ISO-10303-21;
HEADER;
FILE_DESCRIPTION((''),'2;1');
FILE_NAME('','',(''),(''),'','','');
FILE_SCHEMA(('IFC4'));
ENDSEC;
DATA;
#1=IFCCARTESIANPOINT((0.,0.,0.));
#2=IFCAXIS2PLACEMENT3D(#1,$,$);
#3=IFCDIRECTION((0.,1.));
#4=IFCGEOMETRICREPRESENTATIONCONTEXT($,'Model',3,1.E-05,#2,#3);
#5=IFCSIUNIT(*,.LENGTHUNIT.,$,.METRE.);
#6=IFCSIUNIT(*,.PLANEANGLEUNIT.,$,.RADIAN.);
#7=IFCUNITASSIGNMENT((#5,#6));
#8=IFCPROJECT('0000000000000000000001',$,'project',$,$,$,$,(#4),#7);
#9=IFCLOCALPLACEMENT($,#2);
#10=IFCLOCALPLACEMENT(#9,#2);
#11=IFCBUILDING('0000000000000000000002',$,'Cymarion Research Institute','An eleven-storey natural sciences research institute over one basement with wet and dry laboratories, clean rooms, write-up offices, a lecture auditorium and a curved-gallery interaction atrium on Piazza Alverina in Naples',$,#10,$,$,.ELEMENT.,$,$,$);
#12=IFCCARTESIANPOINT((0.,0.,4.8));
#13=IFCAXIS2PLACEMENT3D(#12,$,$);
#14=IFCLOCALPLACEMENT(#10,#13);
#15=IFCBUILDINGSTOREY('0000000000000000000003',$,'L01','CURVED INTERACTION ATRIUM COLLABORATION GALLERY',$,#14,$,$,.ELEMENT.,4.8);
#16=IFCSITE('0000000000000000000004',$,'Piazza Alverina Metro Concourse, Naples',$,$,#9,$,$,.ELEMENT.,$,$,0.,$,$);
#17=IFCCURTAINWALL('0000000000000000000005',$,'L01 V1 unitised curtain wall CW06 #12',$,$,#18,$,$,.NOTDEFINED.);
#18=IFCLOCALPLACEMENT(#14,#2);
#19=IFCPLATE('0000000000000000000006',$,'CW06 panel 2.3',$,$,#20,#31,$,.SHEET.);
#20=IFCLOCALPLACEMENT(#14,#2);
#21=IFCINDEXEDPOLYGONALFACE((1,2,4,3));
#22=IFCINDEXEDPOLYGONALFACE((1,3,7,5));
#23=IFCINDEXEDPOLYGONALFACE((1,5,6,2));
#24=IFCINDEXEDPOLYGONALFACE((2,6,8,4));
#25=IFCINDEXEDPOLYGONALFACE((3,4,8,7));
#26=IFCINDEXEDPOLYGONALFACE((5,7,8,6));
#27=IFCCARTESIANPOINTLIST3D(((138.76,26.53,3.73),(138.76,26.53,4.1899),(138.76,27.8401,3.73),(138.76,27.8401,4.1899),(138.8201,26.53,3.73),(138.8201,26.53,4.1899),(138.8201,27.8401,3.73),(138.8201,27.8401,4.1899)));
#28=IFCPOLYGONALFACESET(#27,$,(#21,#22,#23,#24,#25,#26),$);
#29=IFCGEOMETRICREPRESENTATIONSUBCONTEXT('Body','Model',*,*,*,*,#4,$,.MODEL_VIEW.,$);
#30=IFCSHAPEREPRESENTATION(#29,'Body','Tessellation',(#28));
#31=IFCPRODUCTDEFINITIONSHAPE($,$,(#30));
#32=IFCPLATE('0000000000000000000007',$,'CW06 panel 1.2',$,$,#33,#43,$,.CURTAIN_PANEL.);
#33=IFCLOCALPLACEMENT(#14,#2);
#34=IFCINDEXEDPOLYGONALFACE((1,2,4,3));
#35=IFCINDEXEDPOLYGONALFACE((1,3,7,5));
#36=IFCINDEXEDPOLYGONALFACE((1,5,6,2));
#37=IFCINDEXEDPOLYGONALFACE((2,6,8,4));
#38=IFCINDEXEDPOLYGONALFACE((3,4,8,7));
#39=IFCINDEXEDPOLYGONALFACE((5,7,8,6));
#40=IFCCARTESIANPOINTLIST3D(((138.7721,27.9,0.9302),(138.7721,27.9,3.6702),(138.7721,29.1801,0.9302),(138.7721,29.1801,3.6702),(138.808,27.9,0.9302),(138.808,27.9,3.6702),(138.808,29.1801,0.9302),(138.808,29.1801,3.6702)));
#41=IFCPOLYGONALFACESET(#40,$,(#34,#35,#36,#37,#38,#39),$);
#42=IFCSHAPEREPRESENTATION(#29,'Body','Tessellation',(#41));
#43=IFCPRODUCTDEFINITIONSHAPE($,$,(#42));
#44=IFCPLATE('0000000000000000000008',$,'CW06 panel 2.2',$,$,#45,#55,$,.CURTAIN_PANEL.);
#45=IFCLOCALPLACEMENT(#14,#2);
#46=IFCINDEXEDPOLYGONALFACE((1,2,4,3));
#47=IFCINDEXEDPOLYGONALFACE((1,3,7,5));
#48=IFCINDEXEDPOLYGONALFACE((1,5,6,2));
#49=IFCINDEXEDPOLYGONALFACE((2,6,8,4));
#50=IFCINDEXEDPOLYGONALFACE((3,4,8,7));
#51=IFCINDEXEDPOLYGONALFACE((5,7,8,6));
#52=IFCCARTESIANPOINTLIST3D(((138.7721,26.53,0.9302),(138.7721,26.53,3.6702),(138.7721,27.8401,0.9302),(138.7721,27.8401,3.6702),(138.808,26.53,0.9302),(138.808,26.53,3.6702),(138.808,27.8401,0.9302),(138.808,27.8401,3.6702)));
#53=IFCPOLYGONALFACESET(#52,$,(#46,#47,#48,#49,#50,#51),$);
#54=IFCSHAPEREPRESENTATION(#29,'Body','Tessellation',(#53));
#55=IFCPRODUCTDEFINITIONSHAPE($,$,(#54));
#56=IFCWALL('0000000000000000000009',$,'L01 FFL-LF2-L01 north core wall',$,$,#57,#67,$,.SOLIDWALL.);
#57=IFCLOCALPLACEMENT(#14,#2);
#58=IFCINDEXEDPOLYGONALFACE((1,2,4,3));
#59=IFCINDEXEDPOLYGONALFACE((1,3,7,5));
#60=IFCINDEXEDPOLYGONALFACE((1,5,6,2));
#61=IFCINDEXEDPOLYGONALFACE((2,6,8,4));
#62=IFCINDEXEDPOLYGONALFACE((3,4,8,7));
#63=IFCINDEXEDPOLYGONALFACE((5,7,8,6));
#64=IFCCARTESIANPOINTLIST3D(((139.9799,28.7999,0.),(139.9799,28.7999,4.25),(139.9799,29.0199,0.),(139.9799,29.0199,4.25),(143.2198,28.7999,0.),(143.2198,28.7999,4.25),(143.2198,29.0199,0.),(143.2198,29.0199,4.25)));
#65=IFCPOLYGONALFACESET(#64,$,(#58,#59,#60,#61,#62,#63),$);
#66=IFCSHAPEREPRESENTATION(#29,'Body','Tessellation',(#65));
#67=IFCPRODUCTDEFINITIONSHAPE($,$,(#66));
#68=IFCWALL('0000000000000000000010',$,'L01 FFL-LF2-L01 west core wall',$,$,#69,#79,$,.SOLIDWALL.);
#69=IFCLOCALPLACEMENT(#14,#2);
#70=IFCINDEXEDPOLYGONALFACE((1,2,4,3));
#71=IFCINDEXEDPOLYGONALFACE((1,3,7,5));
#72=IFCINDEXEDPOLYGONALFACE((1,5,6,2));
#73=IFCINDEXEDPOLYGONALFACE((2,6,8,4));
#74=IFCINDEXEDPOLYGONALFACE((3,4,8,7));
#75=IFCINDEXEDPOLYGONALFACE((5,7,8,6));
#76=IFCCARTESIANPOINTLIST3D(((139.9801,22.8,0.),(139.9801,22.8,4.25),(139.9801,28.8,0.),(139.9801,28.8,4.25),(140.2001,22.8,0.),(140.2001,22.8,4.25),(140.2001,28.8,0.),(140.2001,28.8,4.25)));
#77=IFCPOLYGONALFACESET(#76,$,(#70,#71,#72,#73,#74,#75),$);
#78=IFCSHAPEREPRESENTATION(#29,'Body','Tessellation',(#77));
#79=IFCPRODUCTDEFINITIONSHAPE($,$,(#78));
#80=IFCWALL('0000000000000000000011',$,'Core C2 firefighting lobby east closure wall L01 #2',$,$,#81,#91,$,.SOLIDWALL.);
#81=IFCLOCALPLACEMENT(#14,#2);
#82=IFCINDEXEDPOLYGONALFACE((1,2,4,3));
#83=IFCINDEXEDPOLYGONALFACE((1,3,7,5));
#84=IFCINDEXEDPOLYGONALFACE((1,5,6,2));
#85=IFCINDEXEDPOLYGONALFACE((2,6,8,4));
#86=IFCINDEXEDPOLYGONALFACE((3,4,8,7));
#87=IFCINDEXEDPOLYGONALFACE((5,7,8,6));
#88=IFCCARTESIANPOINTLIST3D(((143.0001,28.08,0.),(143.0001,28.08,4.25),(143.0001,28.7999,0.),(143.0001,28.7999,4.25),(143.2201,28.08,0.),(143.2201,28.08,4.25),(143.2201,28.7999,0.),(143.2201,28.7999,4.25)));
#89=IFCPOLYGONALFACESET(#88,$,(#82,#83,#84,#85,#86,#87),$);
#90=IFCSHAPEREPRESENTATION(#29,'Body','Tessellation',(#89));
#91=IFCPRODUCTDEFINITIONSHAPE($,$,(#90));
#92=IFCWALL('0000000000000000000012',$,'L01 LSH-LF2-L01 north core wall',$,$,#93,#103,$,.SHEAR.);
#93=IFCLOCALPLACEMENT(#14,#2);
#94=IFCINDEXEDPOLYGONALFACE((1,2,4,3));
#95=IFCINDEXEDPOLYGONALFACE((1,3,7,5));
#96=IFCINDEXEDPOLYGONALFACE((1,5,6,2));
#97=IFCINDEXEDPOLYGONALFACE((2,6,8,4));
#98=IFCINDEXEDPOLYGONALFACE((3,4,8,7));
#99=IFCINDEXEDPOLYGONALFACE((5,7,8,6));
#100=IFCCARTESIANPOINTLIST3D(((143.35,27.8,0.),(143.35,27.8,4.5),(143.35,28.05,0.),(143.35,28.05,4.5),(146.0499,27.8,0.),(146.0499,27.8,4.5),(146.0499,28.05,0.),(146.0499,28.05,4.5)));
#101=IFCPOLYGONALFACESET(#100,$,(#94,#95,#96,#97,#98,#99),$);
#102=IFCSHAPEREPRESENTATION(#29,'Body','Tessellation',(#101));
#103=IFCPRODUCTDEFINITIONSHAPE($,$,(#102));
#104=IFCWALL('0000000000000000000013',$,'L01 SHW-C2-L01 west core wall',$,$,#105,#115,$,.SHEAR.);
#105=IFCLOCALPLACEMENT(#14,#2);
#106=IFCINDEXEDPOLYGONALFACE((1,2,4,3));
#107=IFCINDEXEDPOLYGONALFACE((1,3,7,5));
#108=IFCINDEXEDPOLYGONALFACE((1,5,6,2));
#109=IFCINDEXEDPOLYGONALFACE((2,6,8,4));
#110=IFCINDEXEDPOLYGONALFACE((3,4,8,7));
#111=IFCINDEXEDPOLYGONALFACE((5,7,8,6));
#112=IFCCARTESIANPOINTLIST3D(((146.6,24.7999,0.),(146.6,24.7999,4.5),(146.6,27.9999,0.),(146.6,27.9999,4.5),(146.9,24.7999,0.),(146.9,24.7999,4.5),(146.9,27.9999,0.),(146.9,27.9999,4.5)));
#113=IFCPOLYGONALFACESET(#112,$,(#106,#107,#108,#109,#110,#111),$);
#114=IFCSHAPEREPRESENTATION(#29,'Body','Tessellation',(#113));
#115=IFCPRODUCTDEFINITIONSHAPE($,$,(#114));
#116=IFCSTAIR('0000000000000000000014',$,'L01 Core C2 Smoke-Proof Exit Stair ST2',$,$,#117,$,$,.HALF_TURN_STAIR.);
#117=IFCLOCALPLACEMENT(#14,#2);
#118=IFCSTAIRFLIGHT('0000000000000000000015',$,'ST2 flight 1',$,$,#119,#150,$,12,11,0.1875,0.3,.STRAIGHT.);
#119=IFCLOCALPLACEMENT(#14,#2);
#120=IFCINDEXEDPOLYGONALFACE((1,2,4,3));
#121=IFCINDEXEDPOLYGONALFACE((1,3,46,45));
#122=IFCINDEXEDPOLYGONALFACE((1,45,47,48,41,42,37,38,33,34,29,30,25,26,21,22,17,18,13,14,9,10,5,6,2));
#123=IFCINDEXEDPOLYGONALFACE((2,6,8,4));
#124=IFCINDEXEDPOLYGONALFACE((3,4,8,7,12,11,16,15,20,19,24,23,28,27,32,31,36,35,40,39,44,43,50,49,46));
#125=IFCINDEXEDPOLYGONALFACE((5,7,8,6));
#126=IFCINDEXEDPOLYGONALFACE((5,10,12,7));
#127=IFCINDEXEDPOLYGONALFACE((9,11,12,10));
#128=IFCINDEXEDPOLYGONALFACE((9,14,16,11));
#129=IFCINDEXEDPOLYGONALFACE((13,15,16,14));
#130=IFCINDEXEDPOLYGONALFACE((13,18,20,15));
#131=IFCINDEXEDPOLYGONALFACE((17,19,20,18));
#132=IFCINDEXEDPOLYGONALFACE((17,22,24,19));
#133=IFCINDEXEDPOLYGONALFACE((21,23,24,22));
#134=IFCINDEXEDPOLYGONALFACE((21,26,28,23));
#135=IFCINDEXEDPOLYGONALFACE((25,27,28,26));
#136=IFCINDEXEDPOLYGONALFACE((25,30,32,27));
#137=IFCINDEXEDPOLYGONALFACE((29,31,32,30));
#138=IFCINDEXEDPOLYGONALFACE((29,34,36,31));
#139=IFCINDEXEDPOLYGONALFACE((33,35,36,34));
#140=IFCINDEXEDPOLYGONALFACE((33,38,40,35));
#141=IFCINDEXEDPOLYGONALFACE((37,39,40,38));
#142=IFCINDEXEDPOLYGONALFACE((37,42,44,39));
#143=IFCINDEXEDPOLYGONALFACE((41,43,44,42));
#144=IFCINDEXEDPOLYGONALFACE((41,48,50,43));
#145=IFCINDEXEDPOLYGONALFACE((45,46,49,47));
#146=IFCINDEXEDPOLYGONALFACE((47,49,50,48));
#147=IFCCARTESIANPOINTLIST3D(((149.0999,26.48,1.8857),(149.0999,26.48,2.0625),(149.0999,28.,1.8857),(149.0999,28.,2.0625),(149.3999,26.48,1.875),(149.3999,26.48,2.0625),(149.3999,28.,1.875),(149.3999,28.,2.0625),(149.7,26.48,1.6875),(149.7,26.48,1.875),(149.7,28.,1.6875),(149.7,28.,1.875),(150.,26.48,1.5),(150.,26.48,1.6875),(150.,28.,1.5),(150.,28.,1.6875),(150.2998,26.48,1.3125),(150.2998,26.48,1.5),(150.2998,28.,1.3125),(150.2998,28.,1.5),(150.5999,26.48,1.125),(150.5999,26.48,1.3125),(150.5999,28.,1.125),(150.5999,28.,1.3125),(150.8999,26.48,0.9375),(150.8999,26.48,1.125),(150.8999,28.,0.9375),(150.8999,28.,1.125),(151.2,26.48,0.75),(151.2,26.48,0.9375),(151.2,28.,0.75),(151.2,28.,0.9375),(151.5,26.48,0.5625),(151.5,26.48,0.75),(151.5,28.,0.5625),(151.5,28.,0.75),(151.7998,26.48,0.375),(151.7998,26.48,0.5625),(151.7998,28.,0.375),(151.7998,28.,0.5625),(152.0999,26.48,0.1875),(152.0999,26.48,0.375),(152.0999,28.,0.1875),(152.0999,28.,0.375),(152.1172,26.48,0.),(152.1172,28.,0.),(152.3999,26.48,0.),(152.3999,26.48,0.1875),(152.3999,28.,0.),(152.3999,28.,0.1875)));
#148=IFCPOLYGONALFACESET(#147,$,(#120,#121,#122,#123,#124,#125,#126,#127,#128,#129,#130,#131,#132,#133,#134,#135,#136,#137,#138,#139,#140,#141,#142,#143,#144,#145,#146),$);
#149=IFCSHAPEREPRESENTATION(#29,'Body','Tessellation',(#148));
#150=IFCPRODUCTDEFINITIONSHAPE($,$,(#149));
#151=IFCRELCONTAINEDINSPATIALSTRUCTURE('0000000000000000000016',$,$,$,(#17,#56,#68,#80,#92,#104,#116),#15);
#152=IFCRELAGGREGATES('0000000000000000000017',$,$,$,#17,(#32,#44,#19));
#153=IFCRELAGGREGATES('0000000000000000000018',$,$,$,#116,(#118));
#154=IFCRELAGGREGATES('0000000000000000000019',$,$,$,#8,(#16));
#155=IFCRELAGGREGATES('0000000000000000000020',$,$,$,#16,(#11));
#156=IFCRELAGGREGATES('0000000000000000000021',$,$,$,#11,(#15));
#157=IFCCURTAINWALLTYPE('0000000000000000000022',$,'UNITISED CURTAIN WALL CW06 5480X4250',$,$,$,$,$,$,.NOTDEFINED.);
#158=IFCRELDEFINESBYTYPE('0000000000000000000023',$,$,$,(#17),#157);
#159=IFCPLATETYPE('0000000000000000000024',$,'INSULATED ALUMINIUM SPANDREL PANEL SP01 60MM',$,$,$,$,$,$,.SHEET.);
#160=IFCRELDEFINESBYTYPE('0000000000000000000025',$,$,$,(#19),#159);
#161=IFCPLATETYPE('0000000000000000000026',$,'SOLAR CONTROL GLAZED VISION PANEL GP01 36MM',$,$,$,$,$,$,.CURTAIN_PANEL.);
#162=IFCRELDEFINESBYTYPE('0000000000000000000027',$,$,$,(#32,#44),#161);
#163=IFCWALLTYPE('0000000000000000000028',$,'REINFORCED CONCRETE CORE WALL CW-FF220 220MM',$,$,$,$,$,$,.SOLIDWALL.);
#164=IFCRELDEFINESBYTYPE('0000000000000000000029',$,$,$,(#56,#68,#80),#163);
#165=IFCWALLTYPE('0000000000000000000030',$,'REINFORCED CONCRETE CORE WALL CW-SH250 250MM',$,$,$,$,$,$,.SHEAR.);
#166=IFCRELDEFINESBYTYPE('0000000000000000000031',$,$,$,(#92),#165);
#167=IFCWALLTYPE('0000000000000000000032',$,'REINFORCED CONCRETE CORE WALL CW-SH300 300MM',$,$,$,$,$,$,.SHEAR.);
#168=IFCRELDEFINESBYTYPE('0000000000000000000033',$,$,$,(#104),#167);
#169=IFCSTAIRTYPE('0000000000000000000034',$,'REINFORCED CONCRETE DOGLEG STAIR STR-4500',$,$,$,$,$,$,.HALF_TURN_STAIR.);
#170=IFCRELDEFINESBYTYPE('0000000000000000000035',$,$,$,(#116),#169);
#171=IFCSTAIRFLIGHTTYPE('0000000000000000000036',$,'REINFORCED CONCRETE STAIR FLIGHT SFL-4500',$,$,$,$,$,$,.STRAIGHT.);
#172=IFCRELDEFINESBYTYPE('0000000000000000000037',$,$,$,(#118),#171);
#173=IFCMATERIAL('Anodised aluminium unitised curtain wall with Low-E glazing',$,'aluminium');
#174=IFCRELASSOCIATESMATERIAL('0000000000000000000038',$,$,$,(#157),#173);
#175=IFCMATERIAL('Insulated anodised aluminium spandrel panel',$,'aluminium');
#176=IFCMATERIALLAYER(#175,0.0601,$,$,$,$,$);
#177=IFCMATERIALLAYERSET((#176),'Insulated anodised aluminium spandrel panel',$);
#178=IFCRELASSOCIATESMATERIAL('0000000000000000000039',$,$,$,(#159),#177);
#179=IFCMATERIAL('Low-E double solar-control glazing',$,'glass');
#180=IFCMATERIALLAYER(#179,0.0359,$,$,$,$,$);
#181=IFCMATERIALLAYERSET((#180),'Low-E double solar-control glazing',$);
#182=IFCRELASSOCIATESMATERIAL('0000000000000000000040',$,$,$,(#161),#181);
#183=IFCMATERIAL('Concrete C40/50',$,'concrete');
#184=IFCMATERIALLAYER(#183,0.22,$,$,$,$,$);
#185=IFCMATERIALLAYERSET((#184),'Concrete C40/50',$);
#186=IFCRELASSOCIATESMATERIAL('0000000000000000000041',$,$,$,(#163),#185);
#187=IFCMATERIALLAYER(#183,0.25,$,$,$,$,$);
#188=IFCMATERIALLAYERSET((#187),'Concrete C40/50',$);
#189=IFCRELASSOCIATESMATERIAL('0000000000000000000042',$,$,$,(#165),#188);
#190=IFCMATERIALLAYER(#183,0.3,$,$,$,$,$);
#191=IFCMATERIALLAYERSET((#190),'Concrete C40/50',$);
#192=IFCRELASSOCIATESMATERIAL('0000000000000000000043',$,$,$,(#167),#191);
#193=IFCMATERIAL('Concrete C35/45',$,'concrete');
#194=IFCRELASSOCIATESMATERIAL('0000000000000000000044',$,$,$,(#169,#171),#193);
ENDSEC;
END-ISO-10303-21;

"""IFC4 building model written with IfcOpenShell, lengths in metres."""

from ifc_helpers import new_model, si_unit, direction, frame, frame_2d, origin, origin_2d, place, context, subcontext, project, spatial, polyline, rectangle, outline, extrude, material, layer, layer_set, type_object, element, aggregate, save


model = new_model("IFC4")

# Units and contexts
model_context = context("Model", 3, precision=1e-05, world=origin(), true_north=direction((0.0, 1.0)))
body_context = subcontext(model_context, "Body", "Model", "MODEL_VIEW")
ifc_project = project(units=[si_unit("LENGTHUNIT", "METRE"), si_unit("PLANEANGLEUNIT", "RADIAN")], contexts=[model_context])

# Site, building, storey
site_placement = place(None, origin())
site = spatial("IfcSite", under=ifc_project, at=site_placement, Name="Piazza Alverina Metro Concourse, Naples", CompositionType="ELEMENT", RefElevation=0.0)
building_placement = place(site_placement, origin())
building = spatial("IfcBuilding", under=site, at=building_placement, Name="Cymarion Research Institute", Description="An eleven-storey natural sciences research institute over one basement with wet and dry laboratories, clean rooms, write-up offices, a lecture auditorium and a curved-gallery interaction atrium on Piazza Alverina in Naples", CompositionType="ELEMENT")
storey_placement = place(building_placement, frame((0.0, 0.0, 4.8)))
storey = spatial("IfcBuildingStorey", under=building, at=storey_placement, Name="L01", Description="CURVED INTERACTION ATRIUM COLLABORATION GALLERY", CompositionType="ELEMENT", Elevation=4.8)

# Curtain wall, plates
ifc_material_1 = material(Name="Anodised aluminium unitised curtain wall with Low-E glazing", Category="aluminium")
curtain_wall_type = type_object("IfcCurtainWallType", Name="UNITISED CURTAIN WALL CW06 5480X4250", PredefinedType="NOTDEFINED", material=ifc_material_1)
curtain_wall_placement = place(storey_placement, origin())
curtain_wall = element("IfcCurtainWall", 1, at=curtain_wall_placement, inside=storey, type_object=curtain_wall_type, Name="L01 V1 unitised curtain wall CW06 #12", PredefinedType="NOTDEFINED")
ifc_material_2 = material(Name="Insulated anodised aluminium spandrel panel", Category="aluminium")
ifc_layer_1 = layer(ifc_material_2, 0.0601)
ifc_layer_set_1 = layer_set([ifc_layer_1], Name="Insulated anodised aluminium spandrel panel")
plate_type_1 = type_object("IfcPlateType", Name="INSULATED ALUMINIUM SPANDREL PANEL SP01 60MM", PredefinedType="SHEET", material=ifc_layer_set_1)
plate_1_placement = place(storey_placement, frame((138.79, 27.1851, 3.73), z_axis=(0.0, 0.0, 1.0), x_axis=(0.0, -1.0, 0.0)))
plate_1 = element("IfcPlate", 2, at=plate_1_placement, type_object=plate_type_1, Name="CW06 panel 2.3", PredefinedType="SHEET", context=body_context, shape_type="SweptSolid", body=[
    extrude(rectangle(XDim=1.3101, YDim=0.0601, at=origin_2d()), origin(), (0.0, 0.0, 1.0), 0.46),
])
ifc_material_3 = material(Name="Low-E double solar-control glazing", Category="glass")
ifc_layer_2 = layer(ifc_material_3, 0.0359)
ifc_layer_set_2 = layer_set([ifc_layer_2], Name="Low-E double solar-control glazing")
plate_type_2 = type_object("IfcPlateType", Name="SOLAR CONTROL GLAZED VISION PANEL GP01 36MM", PredefinedType="CURTAIN_PANEL", material=ifc_layer_set_2)
plate_2_placement = place(storey_placement, frame((138.79, 28.54, 0.9302), z_axis=(0.0, 0.0, 1.0), x_axis=(0.0, -1.0, 0.0)))
plate_2 = element("IfcPlate", 3, at=plate_2_placement, type_object=plate_type_2, Name="CW06 panel 1.2", PredefinedType="CURTAIN_PANEL", context=body_context, shape_type="SweptSolid", body=[
    extrude(rectangle(XDim=1.28, YDim=0.0359, at=origin_2d()), origin(), (0.0, 0.0, 1.0), 2.74),
])
plate_3_placement = place(storey_placement, frame((138.79, 27.1851, 0.9302), z_axis=(0.0, 0.0, 1.0), x_axis=(0.0, -1.0, 0.0)))
plate_3 = element("IfcPlate", 4, at=plate_3_placement, type_object=plate_type_2, Name="CW06 panel 2.2", PredefinedType="CURTAIN_PANEL", context=body_context, shape_type="SweptSolid", body=[
    extrude(rectangle(XDim=1.3101, YDim=0.0359, at=origin_2d()), origin(), (0.0, 0.0, 1.0), 2.74),
])
aggregate(curtain_wall, [plate_2, plate_3, plate_1])

# Walls
ifc_material_4 = material(Name="Concrete C40/50", Category="concrete")
ifc_layer_3 = layer(ifc_material_4, 0.22)
ifc_layer_set_3 = layer_set([ifc_layer_3], Name="Concrete C40/50")
wall_type_1 = type_object("IfcWallType", Name="REINFORCED CONCRETE CORE WALL CW-FF220 220MM", PredefinedType="SOLIDWALL", material=ifc_layer_set_3)
wall_1_placement = place(storey_placement, frame((143.22, 28.9099, 0.0), z_axis=(0.0, 0.0, 1.0), x_axis=(-1.0, 0.0, 0.0)))
element("IfcWall", 5, at=wall_1_placement, inside=storey, type_object=wall_type_1, Name="L01 FFL-LF2-L01 north core wall", PredefinedType="SOLIDWALL", context=body_context, shape_type="SweptSolid", body=[
    extrude(rectangle(XDim=3.24, YDim=0.22, at=frame_2d((1.6201, 0.0))), origin(), (0.0, 0.0, 1.0), 4.25),
])
wall_2_placement = place(storey_placement, frame((140.0901, 28.8, 0.0), z_axis=(0.0, 0.0, 1.0), x_axis=(0.0, -1.0, 0.0)))
element("IfcWall", 6, at=wall_2_placement, inside=storey, type_object=wall_type_1, Name="L01 FFL-LF2-L01 west core wall", PredefinedType="SOLIDWALL", context=body_context, shape_type="SweptSolid", body=[
    extrude(rectangle(XDim=6.0, YDim=0.22, at=frame_2d((3.0, 0.0))), origin(), (0.0, 0.0, 1.0), 4.25),
])
wall_3_placement = place(storey_placement, frame((143.1101, 28.0801, 0.0), z_axis=(0.0, 0.0, 1.0), x_axis=(0.0, 1.0, 0.0)))
element("IfcWall", 7, at=wall_3_placement, inside=storey, type_object=wall_type_1, Name="Core C2 firefighting lobby east closure wall L01 #2", PredefinedType="SOLIDWALL", context=body_context, shape_type="SweptSolid", body=[
    extrude(rectangle(XDim=0.72, YDim=0.22, at=frame_2d((0.3599, 0.0))), origin(), (0.0, 0.0, 1.0), 4.25),
])
ifc_layer_4 = layer(ifc_material_4, 0.25)
ifc_layer_set_4 = layer_set([ifc_layer_4], Name="Concrete C40/50")
wall_type_2 = type_object("IfcWallType", Name="REINFORCED CONCRETE CORE WALL CW-SH250 250MM", PredefinedType="SHEAR", material=ifc_layer_set_4)
wall_4_placement = place(storey_placement, frame((146.05, 27.925, 0.0), z_axis=(0.0, 0.0, 1.0), x_axis=(-1.0, 0.0, 0.0)))
element("IfcWall", 8, at=wall_4_placement, inside=storey, type_object=wall_type_2, Name="L01 LSH-LF2-L01 north core wall", PredefinedType="SHEAR", context=body_context, shape_type="SweptSolid", body=[
    extrude(rectangle(XDim=2.7, YDim=0.25, at=frame_2d((1.3501, 0.0))), origin(), (0.0, 0.0, 1.0), 4.5),
])

# Wall
ifc_layer_5 = layer(ifc_material_4, 0.3)
ifc_layer_set_5 = layer_set([ifc_layer_5], Name="Concrete C40/50")
wall_type_3 = type_object("IfcWallType", Name="REINFORCED CONCRETE CORE WALL CW-SH300 300MM", PredefinedType="SHEAR", material=ifc_layer_set_5)
wall_5_placement = place(storey_placement, frame((146.75, 28.0, 0.0), z_axis=(0.0, 0.0, 1.0), x_axis=(0.0, -1.0, 0.0)))
element("IfcWall", 9, at=wall_5_placement, inside=storey, type_object=wall_type_3, Name="L01 SHW-C2-L01 west core wall", PredefinedType="SHEAR", context=body_context, shape_type="SweptSolid", body=[
    extrude(rectangle(XDim=3.2, YDim=0.3, at=frame_2d((1.6001, 0.0))), origin(), (0.0, 0.0, 1.0), 4.5),
])

# Stair, stair flight
ifc_material_5 = material(Name="Concrete C35/45", Category="concrete")
stair_type = type_object("IfcStairType", Name="REINFORCED CONCRETE DOGLEG STAIR STR-4500", PredefinedType="HALF_TURN_STAIR", material=ifc_material_5)
stair_placement = place(storey_placement, origin())
stair = element("IfcStair", 10, at=stair_placement, inside=storey, type_object=stair_type, Name="L01 Core C2 Smoke-Proof Exit Stair ST2", PredefinedType="HALF_TURN_STAIR")
stair_flight_type = type_object("IfcStairFlightType", Name="REINFORCED CONCRETE STAIR FLIGHT SFL-4500", PredefinedType="STRAIGHT", material=ifc_material_5)
stair_flight_placement = place(storey_placement, frame((152.3999, 27.24, 0.0), z_axis=(0.0, 0.0, 1.0), x_axis=(-1.0, 0.0, 0.0)))
stair_flight = element("IfcStairFlight", 11, at=stair_flight_placement, type_object=stair_flight_type, Name="ST2 flight 1", NumberOfRisers=12, NumberOfTreads=11, PredefinedType="STRAIGHT", RiserHeight=0.1875, TreadLength=0.3, context=body_context, shape_type="SweptSolid", body=[
    extrude(outline(polyline([(0.0, 0.0), (0.0, 0.1875), (0.3, 0.1875), (0.3, 0.375), (0.6001, 0.375), (0.6001, 0.5625), (0.8999, 0.5625), (0.8999, 0.75), (1.2, 0.75), (1.2, 0.9375), (1.5, 0.9375), (1.5, 1.125), (1.8, 1.125), (1.8, 1.3125), (2.1001, 1.3125), (2.1001, 1.5), (2.3999, 1.5), (2.3999, 1.6875), (2.7, 1.6875), (2.7, 1.875), (3.0, 1.875), (3.0, 2.0625), (3.3, 2.0625), (3.3, 2.25), (3.3, 1.8857), (0.2827, 0.0), (0.0, 0.0)])), frame((0.0, 0.76, 0.0), z_axis=(0.0, -1.0, 0.0), x_axis=(1.0, 0.0, 0.0)), (0.0, 0.0, 1.0), 1.52),
])
aggregate(stair, [stair_flight])

save(model, "model.ifc")
